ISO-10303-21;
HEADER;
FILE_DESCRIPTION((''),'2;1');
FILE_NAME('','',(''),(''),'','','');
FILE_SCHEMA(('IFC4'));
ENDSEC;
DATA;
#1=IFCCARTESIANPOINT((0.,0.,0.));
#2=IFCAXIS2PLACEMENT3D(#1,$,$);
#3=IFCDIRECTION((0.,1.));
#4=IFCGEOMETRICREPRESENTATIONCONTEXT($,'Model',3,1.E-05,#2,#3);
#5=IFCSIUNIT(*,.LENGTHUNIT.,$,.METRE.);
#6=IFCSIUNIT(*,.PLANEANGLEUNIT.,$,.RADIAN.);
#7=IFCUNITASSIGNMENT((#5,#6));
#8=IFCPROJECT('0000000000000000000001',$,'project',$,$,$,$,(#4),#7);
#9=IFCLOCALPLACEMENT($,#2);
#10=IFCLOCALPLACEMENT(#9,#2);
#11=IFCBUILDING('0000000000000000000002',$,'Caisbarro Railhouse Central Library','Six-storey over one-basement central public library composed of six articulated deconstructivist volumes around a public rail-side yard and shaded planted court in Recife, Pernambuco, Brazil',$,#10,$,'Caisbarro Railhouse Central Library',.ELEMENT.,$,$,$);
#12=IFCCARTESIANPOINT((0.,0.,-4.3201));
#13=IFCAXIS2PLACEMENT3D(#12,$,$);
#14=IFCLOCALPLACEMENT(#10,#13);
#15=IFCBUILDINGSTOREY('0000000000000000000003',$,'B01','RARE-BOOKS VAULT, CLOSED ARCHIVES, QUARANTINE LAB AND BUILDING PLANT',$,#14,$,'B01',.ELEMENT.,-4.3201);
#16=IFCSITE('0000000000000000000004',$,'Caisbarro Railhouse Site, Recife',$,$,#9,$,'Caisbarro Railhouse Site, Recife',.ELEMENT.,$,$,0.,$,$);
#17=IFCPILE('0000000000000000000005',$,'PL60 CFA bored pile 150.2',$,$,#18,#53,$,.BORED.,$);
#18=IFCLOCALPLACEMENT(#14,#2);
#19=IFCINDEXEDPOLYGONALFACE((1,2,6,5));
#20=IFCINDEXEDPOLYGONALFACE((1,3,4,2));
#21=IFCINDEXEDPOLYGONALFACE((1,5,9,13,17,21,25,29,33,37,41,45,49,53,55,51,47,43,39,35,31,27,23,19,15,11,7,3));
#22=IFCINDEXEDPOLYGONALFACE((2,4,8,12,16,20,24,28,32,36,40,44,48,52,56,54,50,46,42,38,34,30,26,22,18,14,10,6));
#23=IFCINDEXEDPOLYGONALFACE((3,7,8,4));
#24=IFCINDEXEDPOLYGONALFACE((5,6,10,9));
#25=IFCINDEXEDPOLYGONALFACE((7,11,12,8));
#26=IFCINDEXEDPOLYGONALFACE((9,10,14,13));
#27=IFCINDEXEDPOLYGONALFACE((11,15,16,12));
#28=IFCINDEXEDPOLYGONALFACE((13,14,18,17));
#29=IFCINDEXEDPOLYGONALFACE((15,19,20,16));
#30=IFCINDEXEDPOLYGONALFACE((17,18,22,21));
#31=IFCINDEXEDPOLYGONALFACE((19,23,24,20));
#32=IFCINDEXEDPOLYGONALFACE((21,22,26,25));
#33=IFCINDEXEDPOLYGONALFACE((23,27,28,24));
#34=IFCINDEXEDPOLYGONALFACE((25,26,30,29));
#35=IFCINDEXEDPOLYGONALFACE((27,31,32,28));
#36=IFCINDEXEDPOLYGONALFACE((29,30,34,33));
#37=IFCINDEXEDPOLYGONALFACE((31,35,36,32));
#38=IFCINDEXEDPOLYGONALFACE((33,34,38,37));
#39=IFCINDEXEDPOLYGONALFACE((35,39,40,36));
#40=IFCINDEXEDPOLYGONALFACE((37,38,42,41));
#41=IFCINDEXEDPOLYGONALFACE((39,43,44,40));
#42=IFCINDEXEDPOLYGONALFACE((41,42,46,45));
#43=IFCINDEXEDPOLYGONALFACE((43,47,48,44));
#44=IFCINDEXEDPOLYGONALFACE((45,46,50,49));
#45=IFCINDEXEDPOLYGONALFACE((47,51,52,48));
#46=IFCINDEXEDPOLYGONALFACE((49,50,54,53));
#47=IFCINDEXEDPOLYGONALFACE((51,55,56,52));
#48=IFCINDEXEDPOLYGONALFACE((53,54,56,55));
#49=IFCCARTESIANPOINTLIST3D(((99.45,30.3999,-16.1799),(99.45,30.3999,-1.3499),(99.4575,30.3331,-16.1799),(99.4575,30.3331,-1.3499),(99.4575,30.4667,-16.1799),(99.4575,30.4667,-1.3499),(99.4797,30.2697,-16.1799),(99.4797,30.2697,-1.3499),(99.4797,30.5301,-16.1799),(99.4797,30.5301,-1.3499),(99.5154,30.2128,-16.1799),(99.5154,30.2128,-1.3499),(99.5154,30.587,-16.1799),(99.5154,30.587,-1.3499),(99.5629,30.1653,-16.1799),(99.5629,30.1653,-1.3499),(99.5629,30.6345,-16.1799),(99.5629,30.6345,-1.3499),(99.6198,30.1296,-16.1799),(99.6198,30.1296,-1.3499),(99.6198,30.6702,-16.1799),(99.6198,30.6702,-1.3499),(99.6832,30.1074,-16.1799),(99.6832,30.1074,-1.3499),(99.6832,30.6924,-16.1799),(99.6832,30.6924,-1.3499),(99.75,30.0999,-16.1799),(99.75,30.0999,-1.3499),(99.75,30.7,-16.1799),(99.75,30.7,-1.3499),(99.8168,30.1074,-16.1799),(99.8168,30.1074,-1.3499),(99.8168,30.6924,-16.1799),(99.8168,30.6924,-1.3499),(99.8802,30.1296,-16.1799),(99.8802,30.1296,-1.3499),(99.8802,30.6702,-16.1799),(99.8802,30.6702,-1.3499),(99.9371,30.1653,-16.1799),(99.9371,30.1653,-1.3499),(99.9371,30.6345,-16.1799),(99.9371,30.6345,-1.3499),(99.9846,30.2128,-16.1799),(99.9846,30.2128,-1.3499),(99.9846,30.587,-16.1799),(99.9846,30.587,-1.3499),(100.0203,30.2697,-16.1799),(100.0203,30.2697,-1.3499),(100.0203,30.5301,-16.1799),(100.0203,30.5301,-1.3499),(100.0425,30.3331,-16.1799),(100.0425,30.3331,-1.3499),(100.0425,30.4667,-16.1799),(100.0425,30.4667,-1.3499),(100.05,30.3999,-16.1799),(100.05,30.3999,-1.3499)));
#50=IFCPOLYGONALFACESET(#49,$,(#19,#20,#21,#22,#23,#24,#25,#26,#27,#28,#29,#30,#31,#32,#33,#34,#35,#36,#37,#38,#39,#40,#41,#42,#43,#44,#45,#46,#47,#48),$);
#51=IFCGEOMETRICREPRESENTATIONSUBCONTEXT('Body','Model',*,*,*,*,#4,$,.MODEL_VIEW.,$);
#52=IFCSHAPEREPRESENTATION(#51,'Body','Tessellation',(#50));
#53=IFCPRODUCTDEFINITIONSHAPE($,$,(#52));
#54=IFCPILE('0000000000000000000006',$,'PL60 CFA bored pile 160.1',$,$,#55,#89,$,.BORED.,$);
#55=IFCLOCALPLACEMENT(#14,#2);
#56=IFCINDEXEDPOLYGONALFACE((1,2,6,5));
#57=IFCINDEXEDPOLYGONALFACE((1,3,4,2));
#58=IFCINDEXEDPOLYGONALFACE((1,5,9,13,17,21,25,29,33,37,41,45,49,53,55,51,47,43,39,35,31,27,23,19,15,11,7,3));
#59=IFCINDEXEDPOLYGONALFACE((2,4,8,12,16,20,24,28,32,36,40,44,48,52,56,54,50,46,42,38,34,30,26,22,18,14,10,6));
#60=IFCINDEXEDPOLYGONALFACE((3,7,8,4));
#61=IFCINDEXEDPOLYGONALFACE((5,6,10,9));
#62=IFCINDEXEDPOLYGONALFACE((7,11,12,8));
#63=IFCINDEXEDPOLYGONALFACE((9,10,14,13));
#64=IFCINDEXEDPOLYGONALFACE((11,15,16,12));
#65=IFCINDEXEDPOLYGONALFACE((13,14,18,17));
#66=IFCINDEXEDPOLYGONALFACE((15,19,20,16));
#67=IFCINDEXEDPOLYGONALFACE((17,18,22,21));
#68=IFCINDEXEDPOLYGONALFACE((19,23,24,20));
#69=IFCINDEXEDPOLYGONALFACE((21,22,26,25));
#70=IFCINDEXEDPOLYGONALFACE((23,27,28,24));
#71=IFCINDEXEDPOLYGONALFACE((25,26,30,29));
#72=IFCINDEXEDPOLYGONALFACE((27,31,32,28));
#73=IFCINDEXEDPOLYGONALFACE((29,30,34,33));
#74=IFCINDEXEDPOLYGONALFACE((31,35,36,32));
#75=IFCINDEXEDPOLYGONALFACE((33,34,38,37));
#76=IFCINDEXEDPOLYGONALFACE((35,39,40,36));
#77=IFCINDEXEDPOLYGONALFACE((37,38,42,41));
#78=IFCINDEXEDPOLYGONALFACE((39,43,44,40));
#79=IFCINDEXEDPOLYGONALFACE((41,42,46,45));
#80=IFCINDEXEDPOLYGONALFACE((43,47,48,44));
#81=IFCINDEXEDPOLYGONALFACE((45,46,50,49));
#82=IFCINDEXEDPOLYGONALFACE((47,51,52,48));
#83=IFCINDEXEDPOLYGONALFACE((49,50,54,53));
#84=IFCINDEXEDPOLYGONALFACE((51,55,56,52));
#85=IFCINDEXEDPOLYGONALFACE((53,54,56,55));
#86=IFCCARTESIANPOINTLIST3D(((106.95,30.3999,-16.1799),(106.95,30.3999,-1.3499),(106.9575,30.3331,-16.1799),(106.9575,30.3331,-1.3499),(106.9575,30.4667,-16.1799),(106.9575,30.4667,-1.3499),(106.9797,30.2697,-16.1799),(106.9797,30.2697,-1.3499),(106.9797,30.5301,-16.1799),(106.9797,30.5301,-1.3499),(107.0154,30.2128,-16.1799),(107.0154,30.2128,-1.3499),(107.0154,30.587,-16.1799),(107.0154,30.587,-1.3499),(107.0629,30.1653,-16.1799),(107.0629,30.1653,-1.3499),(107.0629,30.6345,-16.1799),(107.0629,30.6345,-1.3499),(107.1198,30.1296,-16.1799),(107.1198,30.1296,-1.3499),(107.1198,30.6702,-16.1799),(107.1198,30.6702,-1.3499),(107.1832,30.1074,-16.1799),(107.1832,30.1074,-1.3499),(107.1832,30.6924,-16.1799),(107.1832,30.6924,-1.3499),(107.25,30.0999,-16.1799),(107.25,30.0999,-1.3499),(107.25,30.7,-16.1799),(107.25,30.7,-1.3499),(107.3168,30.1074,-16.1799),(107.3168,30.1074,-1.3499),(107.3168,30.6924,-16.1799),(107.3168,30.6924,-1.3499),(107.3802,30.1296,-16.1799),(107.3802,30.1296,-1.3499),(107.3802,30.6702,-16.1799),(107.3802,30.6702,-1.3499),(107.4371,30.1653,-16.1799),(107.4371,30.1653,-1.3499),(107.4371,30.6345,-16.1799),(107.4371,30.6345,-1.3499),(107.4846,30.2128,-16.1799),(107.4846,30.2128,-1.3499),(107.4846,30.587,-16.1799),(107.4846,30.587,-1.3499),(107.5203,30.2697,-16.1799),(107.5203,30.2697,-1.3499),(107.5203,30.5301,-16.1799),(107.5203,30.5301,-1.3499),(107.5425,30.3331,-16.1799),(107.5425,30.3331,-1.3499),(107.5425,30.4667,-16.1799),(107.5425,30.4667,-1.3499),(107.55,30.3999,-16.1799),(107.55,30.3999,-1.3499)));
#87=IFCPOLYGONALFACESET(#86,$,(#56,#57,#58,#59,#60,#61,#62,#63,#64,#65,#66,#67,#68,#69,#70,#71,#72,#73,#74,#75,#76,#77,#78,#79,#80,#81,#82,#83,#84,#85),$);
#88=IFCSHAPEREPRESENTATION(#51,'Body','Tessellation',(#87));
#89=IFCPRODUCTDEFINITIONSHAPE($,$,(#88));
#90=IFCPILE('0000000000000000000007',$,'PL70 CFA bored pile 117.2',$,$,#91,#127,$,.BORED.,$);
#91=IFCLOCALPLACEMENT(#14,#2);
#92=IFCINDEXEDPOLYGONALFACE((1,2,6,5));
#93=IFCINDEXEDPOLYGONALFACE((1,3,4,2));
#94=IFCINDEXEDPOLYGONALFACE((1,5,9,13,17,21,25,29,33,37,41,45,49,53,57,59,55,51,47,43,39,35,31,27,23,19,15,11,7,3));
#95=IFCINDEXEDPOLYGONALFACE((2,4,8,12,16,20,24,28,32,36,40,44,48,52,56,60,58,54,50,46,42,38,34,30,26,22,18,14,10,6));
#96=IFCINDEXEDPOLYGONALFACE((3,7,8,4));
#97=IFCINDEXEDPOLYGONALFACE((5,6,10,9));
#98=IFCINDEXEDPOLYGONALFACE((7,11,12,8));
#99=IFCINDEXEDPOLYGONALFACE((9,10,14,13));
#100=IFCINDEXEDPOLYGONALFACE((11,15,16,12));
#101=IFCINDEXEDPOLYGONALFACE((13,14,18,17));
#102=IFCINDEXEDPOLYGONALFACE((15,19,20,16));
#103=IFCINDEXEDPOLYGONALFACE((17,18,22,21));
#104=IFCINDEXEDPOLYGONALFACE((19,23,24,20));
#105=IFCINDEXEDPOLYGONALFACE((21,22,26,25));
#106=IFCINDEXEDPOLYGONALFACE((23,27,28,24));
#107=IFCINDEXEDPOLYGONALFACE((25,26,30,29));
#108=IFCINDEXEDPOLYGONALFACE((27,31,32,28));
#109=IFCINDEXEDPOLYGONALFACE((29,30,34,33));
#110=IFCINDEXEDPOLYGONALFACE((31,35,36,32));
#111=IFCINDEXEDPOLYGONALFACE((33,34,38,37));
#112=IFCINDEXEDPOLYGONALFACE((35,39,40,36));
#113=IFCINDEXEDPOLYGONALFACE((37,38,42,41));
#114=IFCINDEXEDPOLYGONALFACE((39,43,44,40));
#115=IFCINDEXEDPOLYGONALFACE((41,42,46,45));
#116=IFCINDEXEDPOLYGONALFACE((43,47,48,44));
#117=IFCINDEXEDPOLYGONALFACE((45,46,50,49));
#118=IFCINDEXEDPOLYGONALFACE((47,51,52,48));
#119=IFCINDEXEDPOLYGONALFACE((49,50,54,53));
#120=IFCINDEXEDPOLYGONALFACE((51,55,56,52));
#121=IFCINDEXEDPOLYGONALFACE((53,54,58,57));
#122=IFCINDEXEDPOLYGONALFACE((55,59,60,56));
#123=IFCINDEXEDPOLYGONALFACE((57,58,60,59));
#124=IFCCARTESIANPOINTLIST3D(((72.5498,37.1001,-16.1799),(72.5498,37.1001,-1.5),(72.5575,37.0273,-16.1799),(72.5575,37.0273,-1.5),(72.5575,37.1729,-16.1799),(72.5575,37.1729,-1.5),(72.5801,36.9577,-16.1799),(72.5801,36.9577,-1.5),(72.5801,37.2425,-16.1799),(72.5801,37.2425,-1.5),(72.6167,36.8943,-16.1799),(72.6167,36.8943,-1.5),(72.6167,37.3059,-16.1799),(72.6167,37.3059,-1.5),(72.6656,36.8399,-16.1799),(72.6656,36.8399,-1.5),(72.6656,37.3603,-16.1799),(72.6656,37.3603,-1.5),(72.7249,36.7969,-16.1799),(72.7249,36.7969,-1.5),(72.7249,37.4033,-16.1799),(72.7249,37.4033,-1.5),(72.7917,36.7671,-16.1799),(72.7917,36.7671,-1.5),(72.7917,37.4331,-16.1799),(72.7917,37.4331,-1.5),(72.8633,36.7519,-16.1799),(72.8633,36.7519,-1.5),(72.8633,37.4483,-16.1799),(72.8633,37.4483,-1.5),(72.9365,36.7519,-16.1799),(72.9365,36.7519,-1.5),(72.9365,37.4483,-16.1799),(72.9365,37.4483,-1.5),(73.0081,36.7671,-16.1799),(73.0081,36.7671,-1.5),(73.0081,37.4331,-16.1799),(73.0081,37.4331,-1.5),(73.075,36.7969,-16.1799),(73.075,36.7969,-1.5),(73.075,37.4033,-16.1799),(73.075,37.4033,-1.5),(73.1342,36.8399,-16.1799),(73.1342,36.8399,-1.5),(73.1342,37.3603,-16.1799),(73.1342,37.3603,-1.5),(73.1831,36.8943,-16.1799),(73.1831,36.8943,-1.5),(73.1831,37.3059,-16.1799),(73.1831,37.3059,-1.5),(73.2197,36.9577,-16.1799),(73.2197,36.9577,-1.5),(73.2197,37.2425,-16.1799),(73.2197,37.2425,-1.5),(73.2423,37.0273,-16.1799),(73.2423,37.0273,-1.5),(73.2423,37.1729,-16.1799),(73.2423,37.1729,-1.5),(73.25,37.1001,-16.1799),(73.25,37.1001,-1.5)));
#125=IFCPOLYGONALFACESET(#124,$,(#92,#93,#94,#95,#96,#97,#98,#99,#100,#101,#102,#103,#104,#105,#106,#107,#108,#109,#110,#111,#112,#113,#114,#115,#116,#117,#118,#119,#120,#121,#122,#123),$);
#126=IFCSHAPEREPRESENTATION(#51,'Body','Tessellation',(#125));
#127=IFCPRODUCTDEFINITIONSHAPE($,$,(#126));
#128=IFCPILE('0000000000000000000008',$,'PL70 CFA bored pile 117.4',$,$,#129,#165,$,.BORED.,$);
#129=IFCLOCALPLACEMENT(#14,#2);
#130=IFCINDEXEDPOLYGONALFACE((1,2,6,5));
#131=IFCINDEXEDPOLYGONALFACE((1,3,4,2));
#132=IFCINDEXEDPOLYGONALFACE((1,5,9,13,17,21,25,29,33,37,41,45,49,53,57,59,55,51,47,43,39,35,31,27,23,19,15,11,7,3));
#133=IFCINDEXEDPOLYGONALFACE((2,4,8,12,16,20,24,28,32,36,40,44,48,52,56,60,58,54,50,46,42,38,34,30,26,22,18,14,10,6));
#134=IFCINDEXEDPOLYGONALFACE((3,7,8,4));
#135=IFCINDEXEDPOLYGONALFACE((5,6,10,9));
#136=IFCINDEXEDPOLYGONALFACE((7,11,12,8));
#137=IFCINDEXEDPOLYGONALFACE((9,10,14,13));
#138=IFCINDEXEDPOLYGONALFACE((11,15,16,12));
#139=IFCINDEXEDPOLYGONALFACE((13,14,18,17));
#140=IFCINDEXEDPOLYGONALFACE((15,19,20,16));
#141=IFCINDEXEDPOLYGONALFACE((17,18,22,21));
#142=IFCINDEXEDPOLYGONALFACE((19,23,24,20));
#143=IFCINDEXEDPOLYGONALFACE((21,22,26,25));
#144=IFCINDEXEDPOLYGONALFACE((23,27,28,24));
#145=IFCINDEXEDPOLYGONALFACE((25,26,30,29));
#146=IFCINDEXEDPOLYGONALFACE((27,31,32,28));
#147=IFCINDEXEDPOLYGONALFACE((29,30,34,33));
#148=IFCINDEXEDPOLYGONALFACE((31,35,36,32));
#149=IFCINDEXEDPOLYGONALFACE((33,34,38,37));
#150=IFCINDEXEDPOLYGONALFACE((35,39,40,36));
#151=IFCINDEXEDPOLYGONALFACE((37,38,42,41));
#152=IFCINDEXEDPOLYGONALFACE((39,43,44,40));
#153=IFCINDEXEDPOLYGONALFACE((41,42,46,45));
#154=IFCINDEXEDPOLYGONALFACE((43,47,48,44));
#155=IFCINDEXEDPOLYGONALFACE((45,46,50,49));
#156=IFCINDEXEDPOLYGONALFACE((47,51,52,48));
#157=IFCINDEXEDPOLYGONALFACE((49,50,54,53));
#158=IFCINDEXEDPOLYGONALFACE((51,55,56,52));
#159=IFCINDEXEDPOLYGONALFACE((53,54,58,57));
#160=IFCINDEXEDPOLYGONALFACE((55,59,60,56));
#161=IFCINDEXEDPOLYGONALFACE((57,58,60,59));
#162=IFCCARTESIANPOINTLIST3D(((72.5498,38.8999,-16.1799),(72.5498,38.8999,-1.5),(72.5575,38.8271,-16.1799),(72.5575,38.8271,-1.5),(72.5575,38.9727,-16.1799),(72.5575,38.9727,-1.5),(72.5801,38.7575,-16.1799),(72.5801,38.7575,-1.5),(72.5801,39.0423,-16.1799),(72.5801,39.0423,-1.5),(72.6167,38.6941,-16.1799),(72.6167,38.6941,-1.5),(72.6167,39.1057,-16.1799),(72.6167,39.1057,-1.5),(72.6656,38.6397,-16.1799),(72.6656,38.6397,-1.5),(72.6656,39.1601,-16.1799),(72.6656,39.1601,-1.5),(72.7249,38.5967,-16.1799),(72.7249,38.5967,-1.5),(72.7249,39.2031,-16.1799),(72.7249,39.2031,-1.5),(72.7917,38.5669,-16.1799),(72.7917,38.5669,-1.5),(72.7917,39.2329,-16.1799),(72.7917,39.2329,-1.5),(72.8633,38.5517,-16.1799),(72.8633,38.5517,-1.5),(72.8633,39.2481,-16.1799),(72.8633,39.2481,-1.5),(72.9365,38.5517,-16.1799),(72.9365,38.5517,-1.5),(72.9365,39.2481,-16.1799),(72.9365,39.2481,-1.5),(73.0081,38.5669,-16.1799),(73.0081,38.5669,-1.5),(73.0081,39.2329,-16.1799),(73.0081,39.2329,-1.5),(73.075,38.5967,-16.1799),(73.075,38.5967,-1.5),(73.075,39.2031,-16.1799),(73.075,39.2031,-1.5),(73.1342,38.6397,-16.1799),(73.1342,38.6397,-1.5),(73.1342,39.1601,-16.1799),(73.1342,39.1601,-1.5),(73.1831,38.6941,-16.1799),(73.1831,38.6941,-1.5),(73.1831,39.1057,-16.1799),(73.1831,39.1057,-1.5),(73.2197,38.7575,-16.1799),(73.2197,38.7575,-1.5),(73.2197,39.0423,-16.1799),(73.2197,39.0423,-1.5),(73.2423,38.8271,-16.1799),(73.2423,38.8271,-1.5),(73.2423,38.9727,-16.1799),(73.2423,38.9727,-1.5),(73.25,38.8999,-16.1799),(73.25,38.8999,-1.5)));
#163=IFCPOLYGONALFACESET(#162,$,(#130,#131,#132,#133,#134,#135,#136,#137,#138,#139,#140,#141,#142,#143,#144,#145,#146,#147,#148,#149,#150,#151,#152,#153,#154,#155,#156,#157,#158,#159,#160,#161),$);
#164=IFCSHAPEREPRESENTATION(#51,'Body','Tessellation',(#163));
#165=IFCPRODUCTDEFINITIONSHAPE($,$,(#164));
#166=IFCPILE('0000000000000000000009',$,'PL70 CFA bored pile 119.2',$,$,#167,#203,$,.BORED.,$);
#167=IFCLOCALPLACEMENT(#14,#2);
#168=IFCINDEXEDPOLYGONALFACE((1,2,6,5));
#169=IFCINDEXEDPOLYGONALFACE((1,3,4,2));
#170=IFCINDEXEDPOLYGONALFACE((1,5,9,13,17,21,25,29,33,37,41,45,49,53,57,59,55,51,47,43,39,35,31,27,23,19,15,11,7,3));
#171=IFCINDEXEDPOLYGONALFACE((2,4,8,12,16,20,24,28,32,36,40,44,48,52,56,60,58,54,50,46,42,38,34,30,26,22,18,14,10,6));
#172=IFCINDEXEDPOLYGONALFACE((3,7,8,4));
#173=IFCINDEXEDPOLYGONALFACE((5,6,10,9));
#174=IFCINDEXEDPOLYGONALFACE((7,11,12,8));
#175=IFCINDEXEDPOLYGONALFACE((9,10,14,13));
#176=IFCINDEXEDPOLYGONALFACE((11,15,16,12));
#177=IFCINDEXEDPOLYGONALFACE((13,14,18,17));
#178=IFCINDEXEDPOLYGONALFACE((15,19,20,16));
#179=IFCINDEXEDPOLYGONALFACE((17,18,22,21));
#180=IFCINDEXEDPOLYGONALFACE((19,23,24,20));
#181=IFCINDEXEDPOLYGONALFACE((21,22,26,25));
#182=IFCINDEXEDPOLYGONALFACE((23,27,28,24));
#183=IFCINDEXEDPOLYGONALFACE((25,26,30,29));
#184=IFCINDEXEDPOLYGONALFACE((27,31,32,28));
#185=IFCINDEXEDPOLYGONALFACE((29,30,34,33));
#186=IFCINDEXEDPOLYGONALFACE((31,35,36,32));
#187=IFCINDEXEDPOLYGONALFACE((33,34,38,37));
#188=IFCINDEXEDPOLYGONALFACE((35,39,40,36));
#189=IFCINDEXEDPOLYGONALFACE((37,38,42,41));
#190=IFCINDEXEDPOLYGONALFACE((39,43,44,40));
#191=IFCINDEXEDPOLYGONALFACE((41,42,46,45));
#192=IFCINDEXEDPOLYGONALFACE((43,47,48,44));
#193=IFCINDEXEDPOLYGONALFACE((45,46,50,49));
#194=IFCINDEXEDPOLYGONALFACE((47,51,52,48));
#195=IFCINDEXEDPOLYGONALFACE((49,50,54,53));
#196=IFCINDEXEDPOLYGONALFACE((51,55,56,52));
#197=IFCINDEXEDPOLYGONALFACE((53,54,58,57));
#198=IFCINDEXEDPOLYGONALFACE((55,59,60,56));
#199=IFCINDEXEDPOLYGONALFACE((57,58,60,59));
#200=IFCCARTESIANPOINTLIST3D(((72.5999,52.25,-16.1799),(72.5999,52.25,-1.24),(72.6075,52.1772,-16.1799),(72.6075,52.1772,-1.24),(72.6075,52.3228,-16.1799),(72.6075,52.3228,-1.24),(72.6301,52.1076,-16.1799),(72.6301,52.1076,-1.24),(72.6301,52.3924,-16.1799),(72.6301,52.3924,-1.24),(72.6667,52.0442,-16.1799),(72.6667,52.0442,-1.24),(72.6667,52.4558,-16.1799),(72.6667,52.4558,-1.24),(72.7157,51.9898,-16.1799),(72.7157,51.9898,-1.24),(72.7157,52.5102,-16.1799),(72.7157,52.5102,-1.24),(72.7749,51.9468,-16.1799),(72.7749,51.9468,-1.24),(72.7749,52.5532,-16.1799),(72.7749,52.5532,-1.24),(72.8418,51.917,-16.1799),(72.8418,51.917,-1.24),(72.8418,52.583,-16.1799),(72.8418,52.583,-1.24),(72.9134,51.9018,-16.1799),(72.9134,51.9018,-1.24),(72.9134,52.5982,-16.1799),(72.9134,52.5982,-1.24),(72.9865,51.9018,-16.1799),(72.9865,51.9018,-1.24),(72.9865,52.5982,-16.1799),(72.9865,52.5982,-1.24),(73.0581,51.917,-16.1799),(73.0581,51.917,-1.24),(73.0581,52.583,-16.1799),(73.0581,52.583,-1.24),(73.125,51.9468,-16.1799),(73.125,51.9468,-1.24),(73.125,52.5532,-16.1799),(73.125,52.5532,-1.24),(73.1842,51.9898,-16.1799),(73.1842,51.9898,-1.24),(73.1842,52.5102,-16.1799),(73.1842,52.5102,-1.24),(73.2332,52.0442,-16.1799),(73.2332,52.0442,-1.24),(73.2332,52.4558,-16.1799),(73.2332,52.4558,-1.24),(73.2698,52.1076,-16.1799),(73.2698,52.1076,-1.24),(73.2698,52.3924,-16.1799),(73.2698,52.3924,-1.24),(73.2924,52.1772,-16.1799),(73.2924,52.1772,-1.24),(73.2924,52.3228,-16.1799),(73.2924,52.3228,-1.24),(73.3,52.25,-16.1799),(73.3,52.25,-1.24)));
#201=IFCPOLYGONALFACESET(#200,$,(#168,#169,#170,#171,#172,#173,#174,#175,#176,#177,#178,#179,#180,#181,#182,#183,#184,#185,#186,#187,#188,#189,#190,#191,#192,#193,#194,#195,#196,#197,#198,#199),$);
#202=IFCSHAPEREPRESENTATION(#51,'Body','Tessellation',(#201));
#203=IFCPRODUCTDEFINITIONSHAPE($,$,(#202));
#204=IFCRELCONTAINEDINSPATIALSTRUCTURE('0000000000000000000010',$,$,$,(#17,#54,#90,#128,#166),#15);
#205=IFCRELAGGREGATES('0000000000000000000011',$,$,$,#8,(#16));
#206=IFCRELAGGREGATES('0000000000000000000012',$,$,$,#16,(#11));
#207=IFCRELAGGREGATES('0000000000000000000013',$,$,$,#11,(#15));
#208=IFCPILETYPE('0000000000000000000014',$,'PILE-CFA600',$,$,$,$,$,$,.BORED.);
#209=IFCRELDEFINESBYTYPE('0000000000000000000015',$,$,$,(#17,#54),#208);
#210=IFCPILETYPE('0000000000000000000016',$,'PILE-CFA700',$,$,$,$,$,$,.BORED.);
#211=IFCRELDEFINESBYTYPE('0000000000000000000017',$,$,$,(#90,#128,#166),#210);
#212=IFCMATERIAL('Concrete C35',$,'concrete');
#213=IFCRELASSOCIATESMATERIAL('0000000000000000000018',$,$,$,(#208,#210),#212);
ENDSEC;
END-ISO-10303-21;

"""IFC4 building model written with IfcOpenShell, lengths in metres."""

from ifc_helpers import new_model, si_unit, direction, frame, origin, origin_2d, place, context, subcontext, project, spatial, circle, extrude, material, material_profile, profile_set, type_object, element, save


model = new_model("IFC4")

# Units and contexts
model_context = context("Model", 3, precision=1e-05, world=origin(), true_north=direction((0.0, 1.0)))
body_context = subcontext(model_context, "Body", "Model", "MODEL_VIEW")
ifc_project = project(units=[si_unit("LENGTHUNIT", "METRE"), si_unit("PLANEANGLEUNIT", "RADIAN")], contexts=[model_context])

# Site, building, storey
site_placement = place(None, origin())
site = spatial("IfcSite", under=ifc_project, at=site_placement, Name="Caisbarro Railhouse Site, Recife", LongName="Caisbarro Railhouse Site, Recife", CompositionType="ELEMENT", RefElevation=0.0)
building_placement = place(site_placement, origin())
building = spatial("IfcBuilding", under=site, at=building_placement, Name="Caisbarro Railhouse Central Library", Description="Six-storey over one-basement central public library composed of six articulated deconstructivist volumes around a public rail-side yard and shaded planted court in Recife, Pernambuco, Brazil", LongName="Caisbarro Railhouse Central Library", CompositionType="ELEMENT")
storey_placement = place(building_placement, frame((0.0, 0.0, -4.3201)))
storey = spatial("IfcBuildingStorey", under=building, at=storey_placement, Name="B01", Description="RARE-BOOKS VAULT, CLOSED ARCHIVES, QUARANTINE LAB AND BUILDING PLANT", LongName="B01", CompositionType="ELEMENT", Elevation=-4.3201)

# Piles
ifc_material_1 = material(Name="Concrete C35", Category="concrete")
ifc_material_profile_1 = material_profile(ifc_material_1, circle(Radius=0.3, at=origin_2d()), Name="PILE-CFA-600")
ifc_profile_set_1 = profile_set([ifc_material_profile_1], Name="Concrete C35")
pile_type_1 = type_object("IfcPileType", Name="PILE-CFA600", PredefinedType="BORED", material=ifc_profile_set_1)
for number, where, z_axis, x_axis, name in (
    (1, (99.75, 30.3999, -1.3499), (0.0, 0.0, -1.0), (1.0, 0.0, 0.0), "PL60 CFA bored pile 150.2"),
    (2, (107.25, 30.3999, -1.3499), (0.0, 0.0, -1.0), (1.0, 0.0, 0.0), "PL60 CFA bored pile 160.1"),
):
    element("IfcPile", number, at=place(storey_placement, frame(where, z_axis=z_axis, x_axis=x_axis)), inside=storey, type_object=pile_type_1, Name=name, PredefinedType="BORED", context=body_context, shape_type="SweptSolid", body=[
        extrude(circle(Radius=0.3, at=origin_2d()), origin(), (0.0, 0.0, 1.0), 14.8301),
    ])
ifc_material_profile_2 = material_profile(ifc_material_1, circle(Radius=0.3501, at=origin_2d()), Name="PILE-CFA-700")
ifc_profile_set_2 = profile_set([ifc_material_profile_2], Name="Concrete C35")
pile_type_2 = type_object("IfcPileType", Name="PILE-CFA700", PredefinedType="BORED", material=ifc_profile_set_2)
for number, where, z_axis, x_axis, name in (
    (3, (72.8999, 37.1001, -1.5), (0.0, 0.0, -1.0), (1.0, 0.0, 0.0), "PL70 CFA bored pile 117.2"),
    (4, (72.8999, 38.8999, -1.5), (0.0, 0.0, -1.0), (1.0, 0.0, 0.0), "PL70 CFA bored pile 117.4"),
):
    element("IfcPile", number, at=place(storey_placement, frame(where, z_axis=z_axis, x_axis=x_axis)), inside=storey, type_object=pile_type_2, Name=name, PredefinedType="BORED", context=body_context, shape_type="SweptSolid", body=[
        extrude(circle(Radius=0.3501, at=origin_2d()), origin(), (0.0, 0.0, 1.0), 14.6799),
    ])
for number, where, z_axis, x_axis, name in (
    (5, (72.95, 52.25, -1.24), (0.0, 0.0, -1.0), (1.0, 0.0, 0.0), "PL70 CFA bored pile 119.2"),
):
    element("IfcPile", number, at=place(storey_placement, frame(where, z_axis=z_axis, x_axis=x_axis)), inside=storey, type_object=pile_type_2, Name=name, PredefinedType="BORED", context=body_context, shape_type="SweptSolid", body=[
        extrude(circle(Radius=0.3501, at=origin_2d()), origin(), (0.0, 0.0, 1.0), 14.9399),
    ])

save(model, "model.ifc")
